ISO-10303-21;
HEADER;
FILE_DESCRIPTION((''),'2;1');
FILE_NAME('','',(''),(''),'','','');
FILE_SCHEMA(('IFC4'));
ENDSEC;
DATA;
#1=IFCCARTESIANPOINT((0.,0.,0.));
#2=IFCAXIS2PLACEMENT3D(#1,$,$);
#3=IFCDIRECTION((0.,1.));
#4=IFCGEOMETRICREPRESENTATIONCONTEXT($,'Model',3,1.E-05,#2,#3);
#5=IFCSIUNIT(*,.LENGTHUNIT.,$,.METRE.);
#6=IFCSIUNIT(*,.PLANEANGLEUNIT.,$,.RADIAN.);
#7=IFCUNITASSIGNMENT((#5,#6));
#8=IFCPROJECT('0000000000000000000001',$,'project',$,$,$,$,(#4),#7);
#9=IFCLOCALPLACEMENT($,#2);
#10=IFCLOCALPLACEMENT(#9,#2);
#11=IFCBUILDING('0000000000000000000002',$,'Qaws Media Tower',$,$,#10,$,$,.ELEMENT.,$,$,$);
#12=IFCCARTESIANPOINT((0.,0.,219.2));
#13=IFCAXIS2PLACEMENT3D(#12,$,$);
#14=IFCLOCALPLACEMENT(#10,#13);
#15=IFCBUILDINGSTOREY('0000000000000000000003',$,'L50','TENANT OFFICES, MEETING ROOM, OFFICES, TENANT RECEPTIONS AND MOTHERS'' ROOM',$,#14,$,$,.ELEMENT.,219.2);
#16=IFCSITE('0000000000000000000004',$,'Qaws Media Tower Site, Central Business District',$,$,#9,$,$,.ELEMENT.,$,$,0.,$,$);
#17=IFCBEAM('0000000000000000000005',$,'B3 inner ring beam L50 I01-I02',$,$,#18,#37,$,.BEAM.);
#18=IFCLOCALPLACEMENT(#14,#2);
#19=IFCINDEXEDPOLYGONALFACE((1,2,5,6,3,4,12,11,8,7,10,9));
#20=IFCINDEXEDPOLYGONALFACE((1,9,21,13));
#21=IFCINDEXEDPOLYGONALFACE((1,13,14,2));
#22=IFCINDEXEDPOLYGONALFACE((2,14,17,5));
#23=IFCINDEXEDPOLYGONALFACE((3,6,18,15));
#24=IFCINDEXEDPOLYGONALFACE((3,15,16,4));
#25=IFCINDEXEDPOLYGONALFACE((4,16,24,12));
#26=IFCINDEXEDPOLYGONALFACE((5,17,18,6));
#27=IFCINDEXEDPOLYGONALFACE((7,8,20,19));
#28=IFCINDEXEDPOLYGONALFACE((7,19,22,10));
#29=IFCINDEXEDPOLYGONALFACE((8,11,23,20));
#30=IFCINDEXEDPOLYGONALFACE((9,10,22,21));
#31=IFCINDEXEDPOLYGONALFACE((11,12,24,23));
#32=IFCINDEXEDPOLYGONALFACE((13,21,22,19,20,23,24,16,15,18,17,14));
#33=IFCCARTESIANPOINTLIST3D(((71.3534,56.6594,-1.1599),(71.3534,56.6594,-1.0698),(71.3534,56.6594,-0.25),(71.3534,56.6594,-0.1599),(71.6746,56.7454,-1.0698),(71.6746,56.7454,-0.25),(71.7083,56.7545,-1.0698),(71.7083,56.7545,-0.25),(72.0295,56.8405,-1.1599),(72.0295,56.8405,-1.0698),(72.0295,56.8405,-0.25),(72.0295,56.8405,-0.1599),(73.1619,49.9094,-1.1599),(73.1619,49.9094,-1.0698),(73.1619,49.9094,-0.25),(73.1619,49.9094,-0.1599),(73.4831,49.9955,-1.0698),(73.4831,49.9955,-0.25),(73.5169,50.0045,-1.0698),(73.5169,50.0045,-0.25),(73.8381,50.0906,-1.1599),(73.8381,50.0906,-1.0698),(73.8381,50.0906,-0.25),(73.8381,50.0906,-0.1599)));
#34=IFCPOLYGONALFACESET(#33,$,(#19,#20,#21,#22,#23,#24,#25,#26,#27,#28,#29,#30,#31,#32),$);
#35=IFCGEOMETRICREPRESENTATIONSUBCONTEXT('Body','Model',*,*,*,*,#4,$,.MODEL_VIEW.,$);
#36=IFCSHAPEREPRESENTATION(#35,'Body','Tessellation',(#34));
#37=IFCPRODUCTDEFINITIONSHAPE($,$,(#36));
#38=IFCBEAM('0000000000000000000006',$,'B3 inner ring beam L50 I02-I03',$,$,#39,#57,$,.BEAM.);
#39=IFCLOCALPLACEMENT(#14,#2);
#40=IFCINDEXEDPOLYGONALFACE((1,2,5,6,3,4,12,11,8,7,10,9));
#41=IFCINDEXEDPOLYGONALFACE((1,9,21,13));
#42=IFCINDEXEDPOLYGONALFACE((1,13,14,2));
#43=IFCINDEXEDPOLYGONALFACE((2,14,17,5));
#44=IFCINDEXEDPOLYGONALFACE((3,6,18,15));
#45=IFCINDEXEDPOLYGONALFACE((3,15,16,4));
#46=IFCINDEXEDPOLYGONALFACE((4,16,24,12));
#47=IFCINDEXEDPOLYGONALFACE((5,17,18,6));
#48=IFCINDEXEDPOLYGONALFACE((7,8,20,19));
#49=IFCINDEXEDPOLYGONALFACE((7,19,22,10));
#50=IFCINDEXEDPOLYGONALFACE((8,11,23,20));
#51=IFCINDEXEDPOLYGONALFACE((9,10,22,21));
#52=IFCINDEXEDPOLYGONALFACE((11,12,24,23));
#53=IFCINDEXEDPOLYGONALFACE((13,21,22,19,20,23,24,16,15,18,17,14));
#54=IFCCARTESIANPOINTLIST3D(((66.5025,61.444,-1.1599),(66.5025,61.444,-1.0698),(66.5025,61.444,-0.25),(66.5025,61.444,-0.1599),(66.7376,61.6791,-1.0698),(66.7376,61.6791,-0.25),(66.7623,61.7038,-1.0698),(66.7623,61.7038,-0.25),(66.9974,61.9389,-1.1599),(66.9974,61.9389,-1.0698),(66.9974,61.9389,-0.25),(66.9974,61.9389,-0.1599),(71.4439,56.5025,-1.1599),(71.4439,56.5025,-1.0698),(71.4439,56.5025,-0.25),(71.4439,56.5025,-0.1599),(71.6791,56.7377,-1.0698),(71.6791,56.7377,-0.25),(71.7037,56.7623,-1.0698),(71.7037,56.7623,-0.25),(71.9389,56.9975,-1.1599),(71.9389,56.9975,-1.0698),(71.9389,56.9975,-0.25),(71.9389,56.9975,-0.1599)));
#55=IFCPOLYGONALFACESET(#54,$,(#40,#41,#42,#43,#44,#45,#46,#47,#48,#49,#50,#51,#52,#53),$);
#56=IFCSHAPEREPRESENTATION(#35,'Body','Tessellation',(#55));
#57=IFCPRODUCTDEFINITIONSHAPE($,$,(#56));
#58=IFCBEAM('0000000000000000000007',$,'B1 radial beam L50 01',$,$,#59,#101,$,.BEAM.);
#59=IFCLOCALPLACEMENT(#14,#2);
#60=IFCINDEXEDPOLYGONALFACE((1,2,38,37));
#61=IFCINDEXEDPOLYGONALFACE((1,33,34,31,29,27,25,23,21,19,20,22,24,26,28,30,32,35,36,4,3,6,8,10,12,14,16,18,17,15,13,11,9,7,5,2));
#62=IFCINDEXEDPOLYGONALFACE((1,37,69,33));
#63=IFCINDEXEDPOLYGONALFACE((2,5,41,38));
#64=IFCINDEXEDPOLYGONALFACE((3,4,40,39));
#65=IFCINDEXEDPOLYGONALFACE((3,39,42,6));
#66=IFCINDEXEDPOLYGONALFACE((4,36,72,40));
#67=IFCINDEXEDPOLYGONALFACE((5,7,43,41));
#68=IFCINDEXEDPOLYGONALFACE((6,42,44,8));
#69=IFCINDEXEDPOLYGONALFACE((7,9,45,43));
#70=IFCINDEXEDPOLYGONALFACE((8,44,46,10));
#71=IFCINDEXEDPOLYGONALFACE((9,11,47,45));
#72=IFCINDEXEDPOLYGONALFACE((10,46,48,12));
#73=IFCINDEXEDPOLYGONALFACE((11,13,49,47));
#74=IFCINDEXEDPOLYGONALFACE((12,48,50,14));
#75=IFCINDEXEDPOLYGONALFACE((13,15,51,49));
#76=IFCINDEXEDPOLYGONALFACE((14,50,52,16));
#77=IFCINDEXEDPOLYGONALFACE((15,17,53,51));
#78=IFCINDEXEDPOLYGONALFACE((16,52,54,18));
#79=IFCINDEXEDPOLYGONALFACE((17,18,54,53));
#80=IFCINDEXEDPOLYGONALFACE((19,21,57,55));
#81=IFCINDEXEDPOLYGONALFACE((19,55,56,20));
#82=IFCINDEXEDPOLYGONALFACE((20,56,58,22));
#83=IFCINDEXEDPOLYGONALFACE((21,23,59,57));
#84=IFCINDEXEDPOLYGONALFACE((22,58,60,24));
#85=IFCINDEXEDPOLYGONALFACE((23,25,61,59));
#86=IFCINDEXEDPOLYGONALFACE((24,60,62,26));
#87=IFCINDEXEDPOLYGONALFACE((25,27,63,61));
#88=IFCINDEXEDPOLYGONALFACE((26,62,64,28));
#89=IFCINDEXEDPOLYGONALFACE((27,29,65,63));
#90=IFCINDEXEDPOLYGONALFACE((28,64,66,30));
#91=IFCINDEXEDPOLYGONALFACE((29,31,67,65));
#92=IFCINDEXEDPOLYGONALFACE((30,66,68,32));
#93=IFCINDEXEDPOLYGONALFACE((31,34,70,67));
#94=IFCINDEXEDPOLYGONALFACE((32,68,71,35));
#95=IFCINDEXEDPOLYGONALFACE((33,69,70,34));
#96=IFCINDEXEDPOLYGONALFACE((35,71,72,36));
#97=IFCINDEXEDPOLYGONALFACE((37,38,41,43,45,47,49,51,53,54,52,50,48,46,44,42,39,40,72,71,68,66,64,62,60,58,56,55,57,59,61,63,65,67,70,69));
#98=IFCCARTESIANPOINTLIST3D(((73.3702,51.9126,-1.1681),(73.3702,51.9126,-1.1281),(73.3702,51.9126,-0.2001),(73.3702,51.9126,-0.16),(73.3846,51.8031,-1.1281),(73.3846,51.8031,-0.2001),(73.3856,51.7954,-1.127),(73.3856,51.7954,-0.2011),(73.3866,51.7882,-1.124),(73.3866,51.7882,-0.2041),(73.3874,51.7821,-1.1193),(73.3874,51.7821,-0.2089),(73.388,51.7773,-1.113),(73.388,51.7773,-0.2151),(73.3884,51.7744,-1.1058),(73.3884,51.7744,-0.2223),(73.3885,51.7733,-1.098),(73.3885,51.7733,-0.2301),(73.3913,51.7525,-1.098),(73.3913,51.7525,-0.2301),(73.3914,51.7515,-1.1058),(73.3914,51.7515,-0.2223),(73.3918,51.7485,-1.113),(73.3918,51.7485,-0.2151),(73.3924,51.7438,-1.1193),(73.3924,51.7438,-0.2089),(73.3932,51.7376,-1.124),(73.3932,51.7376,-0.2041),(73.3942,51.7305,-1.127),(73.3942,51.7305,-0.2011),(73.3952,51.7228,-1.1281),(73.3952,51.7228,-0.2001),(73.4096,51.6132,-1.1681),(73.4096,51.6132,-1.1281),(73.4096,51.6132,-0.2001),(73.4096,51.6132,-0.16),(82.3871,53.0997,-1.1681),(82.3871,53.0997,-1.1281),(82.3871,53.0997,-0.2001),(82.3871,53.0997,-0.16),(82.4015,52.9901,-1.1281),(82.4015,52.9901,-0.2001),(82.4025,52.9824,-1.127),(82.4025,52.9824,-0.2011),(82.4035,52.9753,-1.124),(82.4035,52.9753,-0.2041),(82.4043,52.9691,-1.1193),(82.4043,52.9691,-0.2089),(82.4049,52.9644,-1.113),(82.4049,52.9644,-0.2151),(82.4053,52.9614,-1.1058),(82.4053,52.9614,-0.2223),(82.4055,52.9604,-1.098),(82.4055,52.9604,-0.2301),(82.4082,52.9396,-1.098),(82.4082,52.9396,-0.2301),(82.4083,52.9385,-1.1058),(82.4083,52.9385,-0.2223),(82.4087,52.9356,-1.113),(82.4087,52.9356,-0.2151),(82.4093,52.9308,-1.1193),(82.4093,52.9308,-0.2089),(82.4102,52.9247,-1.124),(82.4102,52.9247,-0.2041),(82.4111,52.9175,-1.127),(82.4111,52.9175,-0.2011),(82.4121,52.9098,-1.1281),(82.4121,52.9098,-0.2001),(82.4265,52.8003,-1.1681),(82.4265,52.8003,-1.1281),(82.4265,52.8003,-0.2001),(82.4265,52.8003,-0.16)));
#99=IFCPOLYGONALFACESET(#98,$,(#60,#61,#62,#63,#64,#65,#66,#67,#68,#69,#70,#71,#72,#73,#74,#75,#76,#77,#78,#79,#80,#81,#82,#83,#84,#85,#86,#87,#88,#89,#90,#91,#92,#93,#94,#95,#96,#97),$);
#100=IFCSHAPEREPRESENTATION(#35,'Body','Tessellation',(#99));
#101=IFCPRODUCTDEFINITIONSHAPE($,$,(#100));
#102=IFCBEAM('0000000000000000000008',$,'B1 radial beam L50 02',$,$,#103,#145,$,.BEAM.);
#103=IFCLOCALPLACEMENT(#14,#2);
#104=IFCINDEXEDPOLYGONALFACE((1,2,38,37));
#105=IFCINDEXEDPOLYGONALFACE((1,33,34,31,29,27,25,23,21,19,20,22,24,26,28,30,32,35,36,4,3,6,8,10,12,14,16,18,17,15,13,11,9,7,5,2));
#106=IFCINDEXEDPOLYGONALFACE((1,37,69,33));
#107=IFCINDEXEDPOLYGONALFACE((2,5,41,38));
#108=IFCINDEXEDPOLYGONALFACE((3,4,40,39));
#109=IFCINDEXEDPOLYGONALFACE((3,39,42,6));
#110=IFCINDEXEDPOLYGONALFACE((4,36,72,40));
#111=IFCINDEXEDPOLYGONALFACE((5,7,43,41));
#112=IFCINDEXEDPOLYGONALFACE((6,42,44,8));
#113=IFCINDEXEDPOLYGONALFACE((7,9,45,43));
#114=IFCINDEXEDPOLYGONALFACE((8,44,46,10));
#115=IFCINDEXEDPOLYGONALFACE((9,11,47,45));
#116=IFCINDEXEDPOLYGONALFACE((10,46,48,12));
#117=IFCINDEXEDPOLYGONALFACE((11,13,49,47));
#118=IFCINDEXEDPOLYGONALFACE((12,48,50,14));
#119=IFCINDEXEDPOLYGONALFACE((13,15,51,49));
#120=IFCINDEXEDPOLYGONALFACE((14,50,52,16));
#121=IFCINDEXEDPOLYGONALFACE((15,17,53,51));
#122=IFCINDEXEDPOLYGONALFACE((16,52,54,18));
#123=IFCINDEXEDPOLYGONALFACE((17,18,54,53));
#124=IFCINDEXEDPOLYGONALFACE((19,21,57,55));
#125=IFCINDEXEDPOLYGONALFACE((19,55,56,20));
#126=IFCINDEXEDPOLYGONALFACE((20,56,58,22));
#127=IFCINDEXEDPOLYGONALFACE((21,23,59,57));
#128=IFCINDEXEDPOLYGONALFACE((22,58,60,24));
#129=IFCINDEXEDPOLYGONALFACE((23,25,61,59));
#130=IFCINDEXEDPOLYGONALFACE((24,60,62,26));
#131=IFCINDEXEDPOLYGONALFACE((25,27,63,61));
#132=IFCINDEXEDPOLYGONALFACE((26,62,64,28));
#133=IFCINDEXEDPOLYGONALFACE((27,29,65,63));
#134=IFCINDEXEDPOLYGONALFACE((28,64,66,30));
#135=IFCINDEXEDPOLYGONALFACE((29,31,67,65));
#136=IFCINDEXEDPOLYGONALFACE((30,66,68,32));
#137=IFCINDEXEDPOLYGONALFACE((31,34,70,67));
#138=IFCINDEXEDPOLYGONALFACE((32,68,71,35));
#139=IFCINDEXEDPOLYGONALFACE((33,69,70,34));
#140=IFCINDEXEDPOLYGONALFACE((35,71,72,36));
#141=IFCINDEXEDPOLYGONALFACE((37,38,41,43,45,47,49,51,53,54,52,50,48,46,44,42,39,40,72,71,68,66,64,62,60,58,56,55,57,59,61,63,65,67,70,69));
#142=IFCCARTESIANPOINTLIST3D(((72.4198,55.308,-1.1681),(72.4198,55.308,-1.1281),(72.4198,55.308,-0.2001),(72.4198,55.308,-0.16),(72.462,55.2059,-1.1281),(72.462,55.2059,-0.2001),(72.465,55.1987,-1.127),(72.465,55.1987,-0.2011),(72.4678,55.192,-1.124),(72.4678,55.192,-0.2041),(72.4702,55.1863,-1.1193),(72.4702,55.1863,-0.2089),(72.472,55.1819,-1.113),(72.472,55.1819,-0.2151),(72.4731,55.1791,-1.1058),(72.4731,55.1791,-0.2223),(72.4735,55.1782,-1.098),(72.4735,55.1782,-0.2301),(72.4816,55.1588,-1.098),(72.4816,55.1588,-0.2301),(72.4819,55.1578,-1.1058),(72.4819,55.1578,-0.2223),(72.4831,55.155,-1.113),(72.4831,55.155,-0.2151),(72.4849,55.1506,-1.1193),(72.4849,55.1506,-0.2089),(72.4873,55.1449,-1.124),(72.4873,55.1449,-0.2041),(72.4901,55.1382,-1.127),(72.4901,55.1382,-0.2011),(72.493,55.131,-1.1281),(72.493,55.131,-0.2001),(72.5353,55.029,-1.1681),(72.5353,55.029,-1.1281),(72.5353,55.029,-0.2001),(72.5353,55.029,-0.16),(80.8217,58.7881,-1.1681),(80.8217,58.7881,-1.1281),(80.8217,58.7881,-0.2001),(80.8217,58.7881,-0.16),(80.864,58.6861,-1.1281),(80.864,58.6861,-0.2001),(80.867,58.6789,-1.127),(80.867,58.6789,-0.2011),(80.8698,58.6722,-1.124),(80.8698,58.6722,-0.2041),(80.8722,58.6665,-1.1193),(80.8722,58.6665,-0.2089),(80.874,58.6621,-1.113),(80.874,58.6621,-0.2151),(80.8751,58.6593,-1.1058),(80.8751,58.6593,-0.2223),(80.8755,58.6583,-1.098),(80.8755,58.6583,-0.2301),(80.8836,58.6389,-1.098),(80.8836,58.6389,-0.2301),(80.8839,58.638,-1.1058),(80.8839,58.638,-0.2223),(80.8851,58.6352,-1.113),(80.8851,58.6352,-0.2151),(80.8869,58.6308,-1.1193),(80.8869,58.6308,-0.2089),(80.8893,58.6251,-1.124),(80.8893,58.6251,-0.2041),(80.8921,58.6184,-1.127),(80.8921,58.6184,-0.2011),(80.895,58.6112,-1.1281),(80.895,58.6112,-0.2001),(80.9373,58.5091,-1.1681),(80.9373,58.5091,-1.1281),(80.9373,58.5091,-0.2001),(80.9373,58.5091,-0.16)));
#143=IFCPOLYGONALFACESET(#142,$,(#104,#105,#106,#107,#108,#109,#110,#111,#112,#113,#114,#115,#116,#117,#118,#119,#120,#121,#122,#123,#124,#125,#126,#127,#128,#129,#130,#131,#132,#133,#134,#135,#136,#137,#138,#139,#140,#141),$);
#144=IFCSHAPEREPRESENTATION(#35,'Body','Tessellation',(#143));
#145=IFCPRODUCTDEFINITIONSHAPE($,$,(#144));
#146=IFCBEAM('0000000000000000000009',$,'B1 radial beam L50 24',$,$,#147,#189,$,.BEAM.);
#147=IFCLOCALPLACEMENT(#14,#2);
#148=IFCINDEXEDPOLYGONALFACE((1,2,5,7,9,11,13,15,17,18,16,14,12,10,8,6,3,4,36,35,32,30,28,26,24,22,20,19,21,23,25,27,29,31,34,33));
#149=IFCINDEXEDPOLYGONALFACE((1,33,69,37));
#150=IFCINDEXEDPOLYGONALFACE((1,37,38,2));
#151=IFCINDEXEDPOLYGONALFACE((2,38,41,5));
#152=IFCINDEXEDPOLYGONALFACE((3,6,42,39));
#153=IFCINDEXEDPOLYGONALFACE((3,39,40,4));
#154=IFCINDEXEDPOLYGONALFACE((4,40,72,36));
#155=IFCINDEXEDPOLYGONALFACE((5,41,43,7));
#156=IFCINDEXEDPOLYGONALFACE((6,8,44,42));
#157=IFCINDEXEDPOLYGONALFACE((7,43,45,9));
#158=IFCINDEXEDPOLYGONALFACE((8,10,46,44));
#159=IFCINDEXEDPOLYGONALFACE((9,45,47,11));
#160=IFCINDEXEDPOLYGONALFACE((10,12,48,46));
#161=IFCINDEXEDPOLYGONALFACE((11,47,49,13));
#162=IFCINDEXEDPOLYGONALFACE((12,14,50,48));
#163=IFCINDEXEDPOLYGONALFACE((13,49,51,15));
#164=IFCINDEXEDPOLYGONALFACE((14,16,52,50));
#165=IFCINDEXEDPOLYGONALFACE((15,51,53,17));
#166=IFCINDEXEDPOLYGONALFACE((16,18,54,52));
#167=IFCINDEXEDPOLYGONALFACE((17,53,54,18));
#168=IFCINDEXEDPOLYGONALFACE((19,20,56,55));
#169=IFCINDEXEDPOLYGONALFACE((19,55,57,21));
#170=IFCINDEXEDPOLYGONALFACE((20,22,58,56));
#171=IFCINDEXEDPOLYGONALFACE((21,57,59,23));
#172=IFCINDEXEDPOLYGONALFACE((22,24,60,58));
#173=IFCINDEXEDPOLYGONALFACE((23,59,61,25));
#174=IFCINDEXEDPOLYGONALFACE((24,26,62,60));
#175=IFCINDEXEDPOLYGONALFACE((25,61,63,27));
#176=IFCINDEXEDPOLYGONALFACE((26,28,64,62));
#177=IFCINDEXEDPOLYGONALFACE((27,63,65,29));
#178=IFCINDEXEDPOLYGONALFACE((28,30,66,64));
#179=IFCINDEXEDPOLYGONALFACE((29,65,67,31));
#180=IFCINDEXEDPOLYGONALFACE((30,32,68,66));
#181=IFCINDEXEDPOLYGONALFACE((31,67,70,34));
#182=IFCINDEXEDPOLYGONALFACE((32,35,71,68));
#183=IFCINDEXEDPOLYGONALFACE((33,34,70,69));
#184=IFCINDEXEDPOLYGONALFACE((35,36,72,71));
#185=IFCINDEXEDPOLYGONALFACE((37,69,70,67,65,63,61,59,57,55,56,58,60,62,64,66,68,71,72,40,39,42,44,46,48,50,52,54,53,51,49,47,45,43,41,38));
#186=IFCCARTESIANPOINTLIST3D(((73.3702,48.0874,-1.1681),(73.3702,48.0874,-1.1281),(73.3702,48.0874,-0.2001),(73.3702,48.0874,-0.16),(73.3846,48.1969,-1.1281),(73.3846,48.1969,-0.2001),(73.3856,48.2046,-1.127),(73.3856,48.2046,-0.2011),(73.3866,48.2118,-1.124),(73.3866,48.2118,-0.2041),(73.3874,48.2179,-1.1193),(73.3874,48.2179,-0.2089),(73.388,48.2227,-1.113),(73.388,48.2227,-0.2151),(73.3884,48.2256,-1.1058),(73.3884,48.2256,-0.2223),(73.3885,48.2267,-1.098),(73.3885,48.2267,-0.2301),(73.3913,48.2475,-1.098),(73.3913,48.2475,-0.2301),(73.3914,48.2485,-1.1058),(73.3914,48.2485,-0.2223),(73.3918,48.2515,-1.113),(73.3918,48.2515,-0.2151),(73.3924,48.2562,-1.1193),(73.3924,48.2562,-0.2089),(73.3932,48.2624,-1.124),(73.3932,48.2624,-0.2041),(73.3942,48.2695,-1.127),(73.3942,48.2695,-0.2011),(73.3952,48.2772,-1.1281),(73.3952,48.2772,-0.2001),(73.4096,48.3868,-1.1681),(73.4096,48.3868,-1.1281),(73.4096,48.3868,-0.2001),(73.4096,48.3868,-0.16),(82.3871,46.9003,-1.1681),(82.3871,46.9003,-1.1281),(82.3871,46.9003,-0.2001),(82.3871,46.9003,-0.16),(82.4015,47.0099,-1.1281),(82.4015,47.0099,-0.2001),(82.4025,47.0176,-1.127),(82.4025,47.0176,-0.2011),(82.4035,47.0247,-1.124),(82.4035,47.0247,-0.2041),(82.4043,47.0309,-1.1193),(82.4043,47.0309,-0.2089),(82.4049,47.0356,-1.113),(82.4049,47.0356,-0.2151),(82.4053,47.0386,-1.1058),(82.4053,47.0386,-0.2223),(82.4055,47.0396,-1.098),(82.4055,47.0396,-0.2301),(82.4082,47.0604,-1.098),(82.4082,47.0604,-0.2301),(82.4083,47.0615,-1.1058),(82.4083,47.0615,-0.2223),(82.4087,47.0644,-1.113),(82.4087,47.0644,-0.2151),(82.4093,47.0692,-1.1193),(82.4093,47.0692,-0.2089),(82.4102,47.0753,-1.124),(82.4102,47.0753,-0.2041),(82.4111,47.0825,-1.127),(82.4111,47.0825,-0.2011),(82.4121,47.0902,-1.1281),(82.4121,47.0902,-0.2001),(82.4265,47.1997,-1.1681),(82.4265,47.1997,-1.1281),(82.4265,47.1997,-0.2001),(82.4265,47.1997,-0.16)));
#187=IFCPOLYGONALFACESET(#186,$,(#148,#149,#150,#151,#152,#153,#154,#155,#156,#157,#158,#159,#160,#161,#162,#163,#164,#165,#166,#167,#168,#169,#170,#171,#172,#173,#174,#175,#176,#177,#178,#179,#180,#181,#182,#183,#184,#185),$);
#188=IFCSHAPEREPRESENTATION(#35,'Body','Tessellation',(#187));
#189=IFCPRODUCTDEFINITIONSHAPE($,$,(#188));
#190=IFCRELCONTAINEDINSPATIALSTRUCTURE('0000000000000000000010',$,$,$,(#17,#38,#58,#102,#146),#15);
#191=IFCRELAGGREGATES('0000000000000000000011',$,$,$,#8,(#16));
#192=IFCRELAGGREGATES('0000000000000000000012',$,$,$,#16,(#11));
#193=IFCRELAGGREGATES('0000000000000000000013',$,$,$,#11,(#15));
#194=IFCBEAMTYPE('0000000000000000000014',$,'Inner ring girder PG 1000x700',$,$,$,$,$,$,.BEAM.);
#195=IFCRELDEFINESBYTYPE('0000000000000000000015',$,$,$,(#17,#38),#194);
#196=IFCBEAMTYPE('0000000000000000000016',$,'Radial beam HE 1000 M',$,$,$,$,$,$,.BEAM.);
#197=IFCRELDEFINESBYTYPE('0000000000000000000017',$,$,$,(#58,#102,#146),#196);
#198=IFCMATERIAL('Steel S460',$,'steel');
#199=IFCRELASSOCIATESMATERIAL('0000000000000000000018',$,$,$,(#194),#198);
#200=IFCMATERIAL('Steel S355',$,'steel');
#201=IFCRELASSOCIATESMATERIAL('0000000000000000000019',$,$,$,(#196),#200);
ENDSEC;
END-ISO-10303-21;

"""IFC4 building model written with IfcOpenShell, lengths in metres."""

from ifc_helpers import new_model, si_unit, direction, frame, origin, origin_2d, place, context, subcontext, project, spatial, i_section, extrude, material, material_profile, profile_set, type_object, element, save


model = new_model("IFC4")

# Units and contexts
model_context = context("Model", 3, precision=1e-05, world=origin(), true_north=direction((0.0, 1.0)))
body_context = subcontext(model_context, "Body", "Model", "MODEL_VIEW")
ifc_project = project(units=[si_unit("LENGTHUNIT", "METRE"), si_unit("PLANEANGLEUNIT", "RADIAN")], contexts=[model_context])

# Site, building, storey
site_placement = place(None, origin())
site = spatial("IfcSite", under=ifc_project, at=site_placement, Name="Qaws Media Tower Site, Central Business District", CompositionType="ELEMENT", RefElevation=0.0)
building_placement = place(site_placement, origin())
building = spatial("IfcBuilding", under=site, at=building_placement, Name="Qaws Media Tower", CompositionType="ELEMENT")
storey_placement = place(building_placement, frame((0.0, 0.0, 219.2)))
storey = spatial("IfcBuildingStorey", under=building, at=storey_placement, Name="L50", Description="TENANT OFFICES, MEETING ROOM, OFFICES, TENANT RECEPTIONS AND MOTHERS' ROOM", CompositionType="ELEMENT", Elevation=219.2)

# Beams
ifc_material_1 = material(Name="Steel S460", Category="steel")
ifc_material_profile_1 = material_profile(ifc_material_1, i_section(OverallWidth=0.7, OverallDepth=1.0, WebThickness=0.0349, FlangeThickness=0.0901, at=origin_2d()), Name="PG 1000x700")
ifc_profile_set_1 = profile_set([ifc_material_profile_1], Name="Steel S460")
beam_type_1 = type_object("IfcBeamType", Name="Inner ring girder PG 1000x700", PredefinedType="BEAM", material=ifc_profile_set_1)
beam_1_placement = place(storey_placement, frame((73.5, 50.0, -0.6599), z_axis=(-0.258811, 0.965928, 0.0), x_axis=(-0.965928, -0.258811, 0.0)))
element("IfcBeam", 1, at=beam_1_placement, inside=storey, type_object=beam_type_1, Name="B3 inner ring beam L50 I01-I02", PredefinedType="BEAM", context=body_context, shape_type="SweptSolid", body=[
    extrude(i_section(OverallWidth=0.7, OverallDepth=1.0, WebThickness=0.0349, FlangeThickness=0.0901, at=origin_2d()), origin(), (0.0, 0.0, 1.0), 6.988),
])
beam_2_placement = place(storey_placement, frame((71.6914, 56.75, -0.6599), z_axis=(-0.707107, 0.707107, 0.0), x_axis=(-0.707107, -0.707107, 0.0)))
element("IfcBeam", 2, at=beam_2_placement, inside=storey, type_object=beam_type_1, Name="B3 inner ring beam L50 I02-I03", PredefinedType="BEAM", context=body_context, shape_type="SweptSolid", body=[
    extrude(i_section(OverallWidth=0.7, OverallDepth=1.0, WebThickness=0.0349, FlangeThickness=0.0901, at=origin_2d()), origin(), (0.0, 0.0, 1.0), 6.9883),
])
ifc_material_2 = material(Name="Steel S355", Category="steel")
ifc_material_profile_2 = material_profile(ifc_material_2, i_section(OverallWidth=0.302, OverallDepth=1.0081, WebThickness=0.021, FlangeThickness=0.04, FilletRadius=0.03, at=origin_2d()), Name="HE 1000 M")
ifc_profile_set_2 = profile_set([ifc_material_profile_2], Name="Steel S355")
beam_type_2 = type_object("IfcBeamType", Name="Radial beam HE 1000 M", PredefinedType="BEAM", material=ifc_profile_set_2)
beam_3_placement = place(storey_placement, frame((73.3899, 51.7629, -0.6641), z_axis=(0.991446, 0.130518, 0.0), x_axis=(-0.130518, 0.991446, 0.0)))
element("IfcBeam", 3, at=beam_3_placement, inside=storey, type_object=beam_type_2, Name="B1 radial beam L50 01", PredefinedType="BEAM", context=body_context, shape_type="SweptSolid", body=[
    extrude(i_section(OverallWidth=0.302, OverallDepth=1.0081, WebThickness=0.021, FlangeThickness=0.04, FilletRadius=0.03, at=origin_2d()), origin(), (0.0, 0.0, 1.0), 9.0947),
])
beam_4_placement = place(storey_placement, frame((72.4775, 55.1685, -0.6641), z_axis=(0.923881, 0.38268, 0.0), x_axis=(-0.38268, 0.923881, 0.0)))
element("IfcBeam", 4, at=beam_4_placement, inside=storey, type_object=beam_type_2, Name="B1 radial beam L50 02", PredefinedType="BEAM", context=body_context, shape_type="SweptSolid", body=[
    extrude(i_section(OverallWidth=0.302, OverallDepth=1.0081, WebThickness=0.021, FlangeThickness=0.04, FilletRadius=0.03, at=origin_2d()), origin(), (0.0, 0.0, 1.0), 9.0942),
])
beam_5_placement = place(storey_placement, frame((73.3899, 48.2371, -0.6641), z_axis=(0.991446, -0.130518, 0.0), x_axis=(0.130518, 0.991446, 0.0)))
element("IfcBeam", 5, at=beam_5_placement, inside=storey, type_object=beam_type_2, Name="B1 radial beam L50 24", PredefinedType="BEAM", context=body_context, shape_type="SweptSolid", body=[
    extrude(i_section(OverallWidth=0.302, OverallDepth=1.0081, WebThickness=0.021, FlangeThickness=0.04, FilletRadius=0.03, at=origin_2d()), origin(), (0.0, 0.0, 1.0), 9.0947),
])

save(model, "model.ifc")
